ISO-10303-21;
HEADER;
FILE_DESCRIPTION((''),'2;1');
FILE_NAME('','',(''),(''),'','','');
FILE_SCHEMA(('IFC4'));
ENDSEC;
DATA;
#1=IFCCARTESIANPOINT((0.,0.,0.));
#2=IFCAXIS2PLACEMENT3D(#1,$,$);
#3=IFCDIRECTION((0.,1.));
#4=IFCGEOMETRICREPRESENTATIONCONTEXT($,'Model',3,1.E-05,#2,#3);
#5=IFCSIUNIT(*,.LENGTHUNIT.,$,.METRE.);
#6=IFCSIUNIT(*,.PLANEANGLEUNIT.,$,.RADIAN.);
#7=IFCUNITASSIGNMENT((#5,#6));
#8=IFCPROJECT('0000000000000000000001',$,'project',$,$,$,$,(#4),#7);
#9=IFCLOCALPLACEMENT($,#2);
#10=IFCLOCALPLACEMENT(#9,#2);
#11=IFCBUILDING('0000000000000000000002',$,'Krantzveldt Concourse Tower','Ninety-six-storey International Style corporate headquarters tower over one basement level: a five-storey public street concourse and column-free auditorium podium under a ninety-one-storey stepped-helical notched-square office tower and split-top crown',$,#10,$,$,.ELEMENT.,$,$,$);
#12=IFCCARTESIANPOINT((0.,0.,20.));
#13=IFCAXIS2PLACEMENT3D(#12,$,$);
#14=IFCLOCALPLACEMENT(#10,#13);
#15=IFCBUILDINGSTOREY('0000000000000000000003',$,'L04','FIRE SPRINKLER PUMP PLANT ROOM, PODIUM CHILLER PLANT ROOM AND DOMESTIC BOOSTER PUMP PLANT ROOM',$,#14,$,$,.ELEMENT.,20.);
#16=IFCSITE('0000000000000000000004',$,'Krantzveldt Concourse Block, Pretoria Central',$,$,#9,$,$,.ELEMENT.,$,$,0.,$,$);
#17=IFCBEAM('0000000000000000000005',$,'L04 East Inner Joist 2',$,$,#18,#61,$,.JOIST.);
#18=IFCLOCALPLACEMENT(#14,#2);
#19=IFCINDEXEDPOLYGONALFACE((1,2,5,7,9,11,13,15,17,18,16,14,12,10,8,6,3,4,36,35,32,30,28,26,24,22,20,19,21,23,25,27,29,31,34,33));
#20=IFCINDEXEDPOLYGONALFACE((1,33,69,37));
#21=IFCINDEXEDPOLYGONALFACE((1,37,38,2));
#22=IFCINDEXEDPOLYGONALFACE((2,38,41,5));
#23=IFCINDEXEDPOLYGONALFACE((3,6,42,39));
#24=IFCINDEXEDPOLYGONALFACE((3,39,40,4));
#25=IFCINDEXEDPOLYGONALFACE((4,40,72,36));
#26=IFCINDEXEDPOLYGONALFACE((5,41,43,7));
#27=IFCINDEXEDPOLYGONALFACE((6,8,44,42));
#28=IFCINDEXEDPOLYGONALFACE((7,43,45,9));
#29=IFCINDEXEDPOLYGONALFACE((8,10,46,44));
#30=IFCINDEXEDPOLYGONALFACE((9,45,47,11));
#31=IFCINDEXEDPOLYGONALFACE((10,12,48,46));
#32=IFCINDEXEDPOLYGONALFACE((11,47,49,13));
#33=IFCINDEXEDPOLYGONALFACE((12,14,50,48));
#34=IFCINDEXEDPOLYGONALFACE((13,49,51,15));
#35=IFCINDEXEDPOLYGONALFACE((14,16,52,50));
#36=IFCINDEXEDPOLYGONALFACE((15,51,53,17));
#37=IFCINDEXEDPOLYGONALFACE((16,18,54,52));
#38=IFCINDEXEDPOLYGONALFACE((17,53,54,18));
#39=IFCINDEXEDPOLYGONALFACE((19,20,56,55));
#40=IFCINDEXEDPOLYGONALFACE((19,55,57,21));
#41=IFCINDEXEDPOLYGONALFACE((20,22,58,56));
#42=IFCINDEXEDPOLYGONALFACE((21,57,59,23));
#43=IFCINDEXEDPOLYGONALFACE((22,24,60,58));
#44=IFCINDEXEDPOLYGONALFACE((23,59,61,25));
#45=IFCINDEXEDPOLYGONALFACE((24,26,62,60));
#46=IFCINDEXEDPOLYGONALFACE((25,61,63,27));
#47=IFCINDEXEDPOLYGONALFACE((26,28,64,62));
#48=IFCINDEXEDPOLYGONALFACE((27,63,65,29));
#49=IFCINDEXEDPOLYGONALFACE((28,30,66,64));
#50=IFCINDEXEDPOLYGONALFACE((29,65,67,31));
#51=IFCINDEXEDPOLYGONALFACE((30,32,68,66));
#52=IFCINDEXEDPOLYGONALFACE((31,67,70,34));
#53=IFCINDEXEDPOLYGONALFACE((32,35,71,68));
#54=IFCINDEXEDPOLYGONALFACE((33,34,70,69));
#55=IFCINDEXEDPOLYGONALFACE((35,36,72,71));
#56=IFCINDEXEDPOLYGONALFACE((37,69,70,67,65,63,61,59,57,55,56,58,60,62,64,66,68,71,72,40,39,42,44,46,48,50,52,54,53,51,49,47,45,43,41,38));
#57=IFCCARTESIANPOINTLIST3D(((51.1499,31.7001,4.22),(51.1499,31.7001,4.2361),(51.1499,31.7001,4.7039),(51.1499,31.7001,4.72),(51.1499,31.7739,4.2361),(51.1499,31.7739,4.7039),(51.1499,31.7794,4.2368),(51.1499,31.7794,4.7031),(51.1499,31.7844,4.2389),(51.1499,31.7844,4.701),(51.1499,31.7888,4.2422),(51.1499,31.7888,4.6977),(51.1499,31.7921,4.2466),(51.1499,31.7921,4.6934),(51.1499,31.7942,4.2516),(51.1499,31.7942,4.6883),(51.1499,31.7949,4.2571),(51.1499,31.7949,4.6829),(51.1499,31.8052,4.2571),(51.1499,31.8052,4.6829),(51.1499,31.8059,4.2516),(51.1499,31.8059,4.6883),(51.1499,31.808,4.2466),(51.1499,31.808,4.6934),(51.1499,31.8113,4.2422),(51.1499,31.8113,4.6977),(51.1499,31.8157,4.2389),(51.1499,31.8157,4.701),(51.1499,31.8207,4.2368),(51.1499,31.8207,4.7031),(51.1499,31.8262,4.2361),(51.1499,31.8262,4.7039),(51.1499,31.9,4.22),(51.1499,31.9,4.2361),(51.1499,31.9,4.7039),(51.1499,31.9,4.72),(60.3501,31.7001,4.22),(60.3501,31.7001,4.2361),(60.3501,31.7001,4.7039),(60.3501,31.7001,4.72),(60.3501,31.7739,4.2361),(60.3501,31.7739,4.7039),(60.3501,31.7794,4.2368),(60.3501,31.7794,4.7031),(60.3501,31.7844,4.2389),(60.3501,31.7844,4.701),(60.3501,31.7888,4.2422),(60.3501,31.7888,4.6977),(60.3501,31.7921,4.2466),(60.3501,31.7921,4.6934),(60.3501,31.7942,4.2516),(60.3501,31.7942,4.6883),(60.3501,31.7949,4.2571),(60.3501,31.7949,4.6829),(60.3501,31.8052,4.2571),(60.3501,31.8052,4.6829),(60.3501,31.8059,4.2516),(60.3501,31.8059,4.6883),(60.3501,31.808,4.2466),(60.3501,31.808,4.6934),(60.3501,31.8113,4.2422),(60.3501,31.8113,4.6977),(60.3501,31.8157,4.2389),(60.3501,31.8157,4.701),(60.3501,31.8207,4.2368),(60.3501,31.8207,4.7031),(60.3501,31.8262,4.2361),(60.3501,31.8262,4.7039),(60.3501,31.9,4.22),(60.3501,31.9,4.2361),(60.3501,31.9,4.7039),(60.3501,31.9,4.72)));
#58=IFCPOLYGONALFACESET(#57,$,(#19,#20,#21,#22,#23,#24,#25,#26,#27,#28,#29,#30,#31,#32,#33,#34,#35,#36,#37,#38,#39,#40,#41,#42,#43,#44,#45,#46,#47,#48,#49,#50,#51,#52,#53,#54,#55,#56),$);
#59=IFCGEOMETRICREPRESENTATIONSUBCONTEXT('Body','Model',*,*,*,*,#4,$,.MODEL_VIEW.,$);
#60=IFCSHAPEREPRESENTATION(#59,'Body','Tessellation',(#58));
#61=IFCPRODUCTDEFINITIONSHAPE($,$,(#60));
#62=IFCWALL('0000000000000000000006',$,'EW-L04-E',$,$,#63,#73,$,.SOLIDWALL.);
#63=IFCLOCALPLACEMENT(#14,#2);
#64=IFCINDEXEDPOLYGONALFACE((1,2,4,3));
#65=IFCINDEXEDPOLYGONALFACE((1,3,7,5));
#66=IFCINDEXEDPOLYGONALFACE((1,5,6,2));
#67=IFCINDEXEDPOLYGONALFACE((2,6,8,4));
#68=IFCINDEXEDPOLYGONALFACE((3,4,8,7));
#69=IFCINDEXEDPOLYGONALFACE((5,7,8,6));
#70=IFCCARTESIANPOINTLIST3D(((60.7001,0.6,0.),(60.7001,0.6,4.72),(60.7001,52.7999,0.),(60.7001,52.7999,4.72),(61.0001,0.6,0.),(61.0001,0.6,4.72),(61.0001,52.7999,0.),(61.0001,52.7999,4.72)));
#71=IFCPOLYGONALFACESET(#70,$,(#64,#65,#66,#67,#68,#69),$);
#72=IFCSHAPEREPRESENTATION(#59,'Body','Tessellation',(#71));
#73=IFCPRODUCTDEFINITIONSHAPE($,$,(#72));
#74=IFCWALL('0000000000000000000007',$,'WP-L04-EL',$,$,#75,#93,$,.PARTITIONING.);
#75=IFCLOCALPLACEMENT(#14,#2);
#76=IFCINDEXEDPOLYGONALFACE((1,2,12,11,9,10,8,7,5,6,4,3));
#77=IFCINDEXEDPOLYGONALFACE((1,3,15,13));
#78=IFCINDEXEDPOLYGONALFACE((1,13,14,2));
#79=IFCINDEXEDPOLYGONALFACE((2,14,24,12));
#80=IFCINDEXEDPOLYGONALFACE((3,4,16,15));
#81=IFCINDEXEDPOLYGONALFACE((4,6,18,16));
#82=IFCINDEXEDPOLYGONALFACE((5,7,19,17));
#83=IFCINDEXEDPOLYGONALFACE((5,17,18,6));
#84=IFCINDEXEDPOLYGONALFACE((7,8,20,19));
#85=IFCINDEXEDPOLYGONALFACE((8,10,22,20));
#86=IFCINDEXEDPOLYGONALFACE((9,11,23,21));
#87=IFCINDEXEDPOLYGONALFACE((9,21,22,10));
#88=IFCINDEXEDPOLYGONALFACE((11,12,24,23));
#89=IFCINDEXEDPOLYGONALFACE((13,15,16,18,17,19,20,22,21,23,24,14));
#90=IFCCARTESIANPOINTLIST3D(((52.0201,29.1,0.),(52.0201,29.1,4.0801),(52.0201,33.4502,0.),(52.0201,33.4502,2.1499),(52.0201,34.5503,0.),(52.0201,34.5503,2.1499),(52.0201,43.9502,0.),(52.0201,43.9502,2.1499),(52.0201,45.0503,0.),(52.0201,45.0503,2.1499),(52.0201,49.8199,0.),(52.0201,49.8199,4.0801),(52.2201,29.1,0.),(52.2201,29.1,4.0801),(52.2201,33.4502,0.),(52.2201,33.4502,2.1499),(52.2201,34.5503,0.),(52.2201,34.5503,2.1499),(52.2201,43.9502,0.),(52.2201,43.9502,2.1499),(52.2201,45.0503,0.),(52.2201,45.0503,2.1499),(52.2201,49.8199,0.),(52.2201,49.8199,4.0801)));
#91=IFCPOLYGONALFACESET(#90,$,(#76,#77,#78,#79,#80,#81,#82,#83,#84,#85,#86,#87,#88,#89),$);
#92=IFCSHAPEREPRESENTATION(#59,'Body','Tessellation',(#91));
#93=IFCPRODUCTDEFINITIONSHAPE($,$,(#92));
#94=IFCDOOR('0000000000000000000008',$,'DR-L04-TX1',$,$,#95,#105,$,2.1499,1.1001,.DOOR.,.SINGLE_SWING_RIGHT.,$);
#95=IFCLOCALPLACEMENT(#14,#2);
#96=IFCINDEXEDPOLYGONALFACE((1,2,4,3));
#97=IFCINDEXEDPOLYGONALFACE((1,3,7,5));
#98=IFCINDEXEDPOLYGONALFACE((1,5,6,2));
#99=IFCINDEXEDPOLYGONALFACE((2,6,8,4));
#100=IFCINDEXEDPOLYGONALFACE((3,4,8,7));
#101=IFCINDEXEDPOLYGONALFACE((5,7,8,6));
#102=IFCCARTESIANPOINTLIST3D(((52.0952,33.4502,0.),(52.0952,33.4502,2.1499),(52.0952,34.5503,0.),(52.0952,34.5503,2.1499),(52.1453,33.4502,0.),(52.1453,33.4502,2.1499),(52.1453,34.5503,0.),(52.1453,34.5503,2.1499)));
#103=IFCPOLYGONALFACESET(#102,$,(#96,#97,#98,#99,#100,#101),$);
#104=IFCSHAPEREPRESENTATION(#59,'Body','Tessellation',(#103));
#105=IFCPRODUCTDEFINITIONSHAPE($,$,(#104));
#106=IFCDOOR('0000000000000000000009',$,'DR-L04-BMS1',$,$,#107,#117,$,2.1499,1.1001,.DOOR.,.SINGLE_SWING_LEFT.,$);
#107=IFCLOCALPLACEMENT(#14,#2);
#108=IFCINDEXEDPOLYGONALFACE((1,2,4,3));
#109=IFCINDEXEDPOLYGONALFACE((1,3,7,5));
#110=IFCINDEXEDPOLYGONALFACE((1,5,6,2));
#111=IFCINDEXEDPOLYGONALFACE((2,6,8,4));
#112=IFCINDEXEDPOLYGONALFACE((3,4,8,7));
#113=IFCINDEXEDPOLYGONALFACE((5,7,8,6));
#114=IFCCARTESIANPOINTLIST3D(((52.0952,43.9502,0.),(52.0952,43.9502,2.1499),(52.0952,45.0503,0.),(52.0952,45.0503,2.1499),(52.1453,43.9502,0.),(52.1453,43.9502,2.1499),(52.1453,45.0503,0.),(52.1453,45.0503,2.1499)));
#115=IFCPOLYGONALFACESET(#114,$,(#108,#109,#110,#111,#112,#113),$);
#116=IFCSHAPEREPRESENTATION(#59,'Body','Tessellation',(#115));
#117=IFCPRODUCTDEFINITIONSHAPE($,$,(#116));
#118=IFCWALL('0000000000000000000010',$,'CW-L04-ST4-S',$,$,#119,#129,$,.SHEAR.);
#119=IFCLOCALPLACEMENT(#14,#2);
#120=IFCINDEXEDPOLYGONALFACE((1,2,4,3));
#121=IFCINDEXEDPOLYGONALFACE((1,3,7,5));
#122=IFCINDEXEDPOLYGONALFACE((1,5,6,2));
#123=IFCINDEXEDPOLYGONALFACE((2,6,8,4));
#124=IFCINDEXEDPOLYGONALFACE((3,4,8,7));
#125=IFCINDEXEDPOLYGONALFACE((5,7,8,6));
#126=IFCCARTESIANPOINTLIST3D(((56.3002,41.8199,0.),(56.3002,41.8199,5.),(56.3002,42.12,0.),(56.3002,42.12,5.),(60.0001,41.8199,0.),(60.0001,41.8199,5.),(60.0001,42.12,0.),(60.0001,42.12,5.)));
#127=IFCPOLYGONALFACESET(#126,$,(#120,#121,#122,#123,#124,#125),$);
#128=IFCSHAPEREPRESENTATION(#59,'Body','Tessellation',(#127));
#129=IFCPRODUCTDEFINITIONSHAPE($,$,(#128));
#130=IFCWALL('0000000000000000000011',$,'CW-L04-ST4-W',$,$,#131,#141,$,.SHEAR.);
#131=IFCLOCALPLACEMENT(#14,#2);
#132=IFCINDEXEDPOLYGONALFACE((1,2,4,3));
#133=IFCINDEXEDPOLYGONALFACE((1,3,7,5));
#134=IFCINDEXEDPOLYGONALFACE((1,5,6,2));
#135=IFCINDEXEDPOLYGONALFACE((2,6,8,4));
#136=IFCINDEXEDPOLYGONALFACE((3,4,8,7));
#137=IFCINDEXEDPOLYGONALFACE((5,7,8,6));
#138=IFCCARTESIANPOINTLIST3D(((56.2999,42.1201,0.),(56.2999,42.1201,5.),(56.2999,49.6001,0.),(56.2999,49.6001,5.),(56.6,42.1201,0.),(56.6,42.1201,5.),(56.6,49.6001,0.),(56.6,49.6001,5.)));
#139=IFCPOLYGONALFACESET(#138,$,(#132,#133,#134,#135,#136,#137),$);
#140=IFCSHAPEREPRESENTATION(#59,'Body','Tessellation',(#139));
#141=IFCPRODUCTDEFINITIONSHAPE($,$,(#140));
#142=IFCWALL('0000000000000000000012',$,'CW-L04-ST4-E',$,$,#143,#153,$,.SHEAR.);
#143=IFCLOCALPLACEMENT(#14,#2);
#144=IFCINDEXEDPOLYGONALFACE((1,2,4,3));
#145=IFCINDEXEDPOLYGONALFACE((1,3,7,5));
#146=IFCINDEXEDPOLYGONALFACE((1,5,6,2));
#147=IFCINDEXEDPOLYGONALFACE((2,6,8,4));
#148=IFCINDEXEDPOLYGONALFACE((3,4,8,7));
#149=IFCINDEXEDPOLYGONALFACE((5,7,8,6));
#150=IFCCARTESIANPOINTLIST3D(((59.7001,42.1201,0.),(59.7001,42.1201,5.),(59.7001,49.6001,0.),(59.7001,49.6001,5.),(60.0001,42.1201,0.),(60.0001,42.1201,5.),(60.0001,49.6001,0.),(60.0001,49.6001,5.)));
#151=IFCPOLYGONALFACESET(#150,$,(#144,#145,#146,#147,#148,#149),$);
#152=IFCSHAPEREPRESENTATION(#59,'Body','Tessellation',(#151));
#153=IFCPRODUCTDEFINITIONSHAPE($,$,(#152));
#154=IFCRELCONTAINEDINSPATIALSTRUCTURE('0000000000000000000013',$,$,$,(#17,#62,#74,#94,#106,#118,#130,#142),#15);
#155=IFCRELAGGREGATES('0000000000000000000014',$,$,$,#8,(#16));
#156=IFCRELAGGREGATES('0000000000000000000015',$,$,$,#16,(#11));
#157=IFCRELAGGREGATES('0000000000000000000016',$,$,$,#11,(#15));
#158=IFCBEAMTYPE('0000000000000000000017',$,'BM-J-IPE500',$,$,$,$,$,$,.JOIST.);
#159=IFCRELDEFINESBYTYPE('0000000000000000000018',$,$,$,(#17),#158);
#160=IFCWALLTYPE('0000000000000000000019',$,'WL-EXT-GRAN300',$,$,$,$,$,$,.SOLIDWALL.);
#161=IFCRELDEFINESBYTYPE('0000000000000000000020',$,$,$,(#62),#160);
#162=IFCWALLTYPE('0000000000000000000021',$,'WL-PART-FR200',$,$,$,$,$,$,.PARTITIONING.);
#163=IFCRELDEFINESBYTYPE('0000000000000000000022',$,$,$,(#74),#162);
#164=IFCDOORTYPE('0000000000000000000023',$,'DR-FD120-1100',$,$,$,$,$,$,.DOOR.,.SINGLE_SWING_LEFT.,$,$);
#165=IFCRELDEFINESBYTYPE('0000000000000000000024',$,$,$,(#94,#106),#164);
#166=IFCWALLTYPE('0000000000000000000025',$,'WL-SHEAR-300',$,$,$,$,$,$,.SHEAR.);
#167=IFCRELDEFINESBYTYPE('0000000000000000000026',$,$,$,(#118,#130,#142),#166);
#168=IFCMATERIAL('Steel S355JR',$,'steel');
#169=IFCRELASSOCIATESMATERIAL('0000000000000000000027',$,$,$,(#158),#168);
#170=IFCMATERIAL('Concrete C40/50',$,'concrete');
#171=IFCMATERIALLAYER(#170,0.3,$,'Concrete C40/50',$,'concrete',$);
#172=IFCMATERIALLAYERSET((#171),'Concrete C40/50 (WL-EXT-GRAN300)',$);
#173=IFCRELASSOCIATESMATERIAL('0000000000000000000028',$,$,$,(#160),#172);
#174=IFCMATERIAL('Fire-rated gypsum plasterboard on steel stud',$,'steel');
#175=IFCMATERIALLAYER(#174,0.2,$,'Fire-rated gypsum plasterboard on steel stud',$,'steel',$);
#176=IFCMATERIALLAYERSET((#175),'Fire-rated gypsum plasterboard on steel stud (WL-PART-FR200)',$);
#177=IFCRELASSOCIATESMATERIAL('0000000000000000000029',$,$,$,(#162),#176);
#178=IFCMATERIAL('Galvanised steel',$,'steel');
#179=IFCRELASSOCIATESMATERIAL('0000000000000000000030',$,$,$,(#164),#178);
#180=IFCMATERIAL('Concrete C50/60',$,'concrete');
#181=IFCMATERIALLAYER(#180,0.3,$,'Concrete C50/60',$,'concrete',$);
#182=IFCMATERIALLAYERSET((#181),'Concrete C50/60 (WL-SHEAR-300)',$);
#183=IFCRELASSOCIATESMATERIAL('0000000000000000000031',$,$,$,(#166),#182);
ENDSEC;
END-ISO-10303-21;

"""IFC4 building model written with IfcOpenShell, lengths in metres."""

from ifc_helpers import new_model, si_unit, direction, frame, frame_2d, origin, origin_2d, place, context, subcontext, project, spatial, rectangle, i_section, extrude, source, transform, mapped, material, layer, layer_set, material_profile, profile_set, type_object, element, fill, save


model = new_model("IFC4")

# Units and contexts
model_context = context("Model", 3, precision=1e-05, world=origin(), true_north=direction((0.0, 1.0)))
body_context = subcontext(model_context, "Body", "Model", "MODEL_VIEW")
ifc_project = project(units=[si_unit("LENGTHUNIT", "METRE"), si_unit("PLANEANGLEUNIT", "RADIAN")], contexts=[model_context])

# Site, building, storey
site_placement = place(None, origin())
site = spatial("IfcSite", under=ifc_project, at=site_placement, Name="Krantzveldt Concourse Block, Pretoria Central", CompositionType="ELEMENT", RefElevation=0.0)
building_placement = place(site_placement, origin())
building = spatial("IfcBuilding", under=site, at=building_placement, Name="Krantzveldt Concourse Tower", Description="Ninety-six-storey International Style corporate headquarters tower over one basement level: a five-storey public street concourse and column-free auditorium podium under a ninety-one-storey stepped-helical notched-square office tower and split-top crown", CompositionType="ELEMENT")
storey_placement = place(building_placement, frame((0.0, 0.0, 20.0)))
storey = spatial("IfcBuildingStorey", under=building, at=storey_placement, Name="L04", Description="FIRE SPRINKLER PUMP PLANT ROOM, PODIUM CHILLER PLANT ROOM AND DOMESTIC BOOSTER PUMP PLANT ROOM", CompositionType="ELEMENT", Elevation=20.0)

# Shared definitions
ifc_material_1 = material(Name="Concrete C40/50", Category="concrete")
ifc_material_2 = material(Name="Concrete C50/60", Category="concrete")

# Beam
ifc_material_3 = material(Name="Steel S355JR", Category="steel")
ifc_material_profile_1 = material_profile(ifc_material_3, i_section(OverallWidth=0.2, OverallDepth=0.5, WebThickness=0.0103, FlangeThickness=0.0161, FilletRadius=0.021, at=origin_2d()), Name="Steel S355JR", Category="steel")
ifc_profile_set_1 = profile_set([ifc_material_profile_1], Name="Steel S355JR - IPE 500")
beam_type_1 = type_object("IfcBeamType", Name="BM-J-IPE500", PredefinedType="JOIST", material=ifc_profile_set_1)
shared_shape_1 = source(origin(), body_context, "Body", "SweptSolid", [
    extrude(i_section(OverallWidth=0.2, OverallDepth=0.5, WebThickness=0.0103, FlangeThickness=0.0161, FilletRadius=0.021, at=origin_2d()), origin(), (0.0, 0.0, 1.0), 9.2002),
])
beam_1_placement = place(storey_placement, frame((51.1499, 31.8, 4.47), z_axis=(1.0, 0.0, 0.0), x_axis=(0.0, 1.0, 0.0)))
element("IfcBeam", 1, at=beam_1_placement, inside=storey, type_object=beam_type_1, Name="L04 East Inner Joist 2", PredefinedType="JOIST", context=body_context, shape_type="MappedRepresentation", body=[
    mapped(shared_shape_1, transform((0.0, 0.0, 0.0), x_axis=(1.0, 0.0, 0.0), y_axis=(0.0, 1.0, 0.0), z_axis=(0.0, 0.0, 1.0), scale=1.0)),
])

# Wall
ifc_layer_1 = layer(ifc_material_1, 0.3, Name="Concrete C40/50", Category="concrete")
ifc_layer_set_1 = layer_set([ifc_layer_1], Name="Concrete C40/50 (WL-EXT-GRAN300)")
wall_type_1 = type_object("IfcWallType", Name="WL-EXT-GRAN300", PredefinedType="SOLIDWALL", material=ifc_layer_set_1)
wall_1_placement = place(storey_placement, frame((60.8501, 52.8, 0.0), z_axis=(0.0, 0.0, 1.0), x_axis=(0.0, -1.0, 0.0)))
element("IfcWall", 2, at=wall_1_placement, inside=storey, type_object=wall_type_1, Name="EW-L04-E", PredefinedType="SOLIDWALL", context=body_context, shape_type="SweptSolid", body=[
    extrude(rectangle(XDim=52.2, YDim=0.3, at=frame_2d((26.1001, 0.0))), origin(), (0.0, 0.0, 1.0), 4.72),
])

# Wall, openings, doors
ifc_material_4 = material(Name="Fire-rated gypsum plasterboard on steel stud", Category="steel")
ifc_layer_2 = layer(ifc_material_4, 0.2, Name="Fire-rated gypsum plasterboard on steel stud", Category="steel")
ifc_layer_set_2 = layer_set([ifc_layer_2], Name="Fire-rated gypsum plasterboard on steel stud (WL-PART-FR200)")
wall_type_2 = type_object("IfcWallType", Name="WL-PART-FR200", PredefinedType="PARTITIONING", material=ifc_layer_set_2)
wall_2_placement = place(storey_placement, frame((52.1201, 29.1001, 0.0), z_axis=(0.0, 0.0, 1.0), x_axis=(0.0, 1.0, 0.0)))
wall_2 = element("IfcWall", 3, at=wall_2_placement, inside=storey, type_object=wall_type_2, Name="WP-L04-EL", PredefinedType="PARTITIONING", context=body_context, shape_type="SweptSolid", body=[
    extrude(rectangle(XDim=20.72, YDim=0.2, at=frame_2d((10.3599, 0.0))), origin(), (0.0, 0.0, 1.0), 4.0801),
])
opening_1_placement = place(wall_2_placement, frame((4.3501, 0.0, 0.0)))
opening_1 = element("IfcOpeningElement", 4, at=opening_1_placement, cuts=wall_2, PredefinedType="OPENING", context=body_context, shape_type="SweptSolid", body=[
    extrude(rectangle(XDim=1.1001, YDim=2.1499, at=frame_2d((0.55, 1.075))), frame((0.0, 0.1099, 0.0), z_axis=(0.0, -1.0, 0.0), x_axis=(1.0, 0.0, 0.0)), (0.0, 0.0, 1.0), 0.22),
])
opening_2_placement = place(wall_2_placement, frame((14.8501, 0.0, 0.0)))
opening_2 = element("IfcOpeningElement", 5, at=opening_2_placement, cuts=wall_2, PredefinedType="OPENING", context=body_context, shape_type="SweptSolid", body=[
    extrude(rectangle(XDim=1.1001, YDim=2.1499, at=frame_2d((0.55, 1.075))), frame((0.0, 0.1099, 0.0), z_axis=(0.0, -1.0, 0.0), x_axis=(1.0, 0.0, 0.0)), (0.0, 0.0, 1.0), 0.22),
])
ifc_material_5 = material(Name="Galvanised steel", Category="steel")
door_type = type_object("IfcDoorType", Name="DR-FD120-1100", OperationType="SINGLE_SWING_LEFT", PredefinedType="DOOR", material=ifc_material_5)
door_1_placement = place(opening_1_placement, origin())
door_1 = element("IfcDoor", 6, at=door_1_placement, inside=storey, type_object=door_type, Name="DR-L04-TX1", OperationType="SINGLE_SWING_RIGHT", OverallHeight=2.1499, OverallWidth=1.1001, PredefinedType="DOOR", context=body_context, shape_type="SweptSolid", body=[
    extrude(rectangle(XDim=1.1001, YDim=2.1499, at=frame_2d((0.55, 1.075))), frame((0.0, 0.0249, 0.0), z_axis=(0.0, -1.0, 0.0), x_axis=(1.0, 0.0, 0.0)), (0.0, 0.0, 1.0), 0.05),
])
fill(opening_1, door_1)
door_2_placement = place(opening_2_placement, origin())
door_2 = element("IfcDoor", 7, at=door_2_placement, inside=storey, type_object=door_type, Name="DR-L04-BMS1", OperationType="SINGLE_SWING_LEFT", OverallHeight=2.1499, OverallWidth=1.1001, PredefinedType="DOOR", context=body_context, shape_type="SweptSolid", body=[
    extrude(rectangle(XDim=1.1001, YDim=2.1499, at=frame_2d((0.55, 1.075))), frame((0.0, 0.0249, 0.0), z_axis=(0.0, -1.0, 0.0), x_axis=(1.0, 0.0, 0.0)), (0.0, 0.0, 1.0), 0.05),
])
fill(opening_2, door_2)

# Wall
ifc_layer_3 = layer(ifc_material_2, 0.3, Name="Concrete C50/60", Category="concrete")
ifc_layer_set_3 = layer_set([ifc_layer_3], Name="Concrete C50/60 (WL-SHEAR-300)")
wall_type_3 = type_object("IfcWallType", Name="WL-SHEAR-300", PredefinedType="SHEAR", material=ifc_layer_set_3)
wall_3_placement = place(storey_placement, frame((56.3, 41.97, 0.0), z_axis=(0.0, 0.0, 1.0), x_axis=(1.0, 0.0, 0.0)))
element("IfcWall", 8, at=wall_3_placement, inside=storey, type_object=wall_type_3, Name="CW-L04-ST4-S", PredefinedType="SHEAR", context=body_context, shape_type="SweptSolid", body=[
    extrude(rectangle(XDim=3.7, YDim=0.3, at=frame_2d((1.8501, 0.0))), origin(), (0.0, 0.0, 1.0), 5.0),
])

# Walls
for number, where, z_axis, x_axis, name in (
    (9, (56.45, 42.1201, 0.0), (0.0, 0.0, 1.0), (0.0, 1.0, 0.0), "CW-L04-ST4-W"),
    (10, (59.8501, 42.1201, 0.0), (0.0, 0.0, 1.0), (0.0, 1.0, 0.0), "CW-L04-ST4-E"),
):
    element("IfcWall", number, at=place(storey_placement, frame(where, z_axis=z_axis, x_axis=x_axis)), inside=storey, type_object=wall_type_3, Name=name, PredefinedType="SHEAR", context=body_context, shape_type="SweptSolid", body=[
        extrude(rectangle(XDim=7.48, YDim=0.3, at=frame_2d((3.74, 0.0))), origin(), (0.0, 0.0, 1.0), 5.0),
    ])

save(model, "model.ifc")
